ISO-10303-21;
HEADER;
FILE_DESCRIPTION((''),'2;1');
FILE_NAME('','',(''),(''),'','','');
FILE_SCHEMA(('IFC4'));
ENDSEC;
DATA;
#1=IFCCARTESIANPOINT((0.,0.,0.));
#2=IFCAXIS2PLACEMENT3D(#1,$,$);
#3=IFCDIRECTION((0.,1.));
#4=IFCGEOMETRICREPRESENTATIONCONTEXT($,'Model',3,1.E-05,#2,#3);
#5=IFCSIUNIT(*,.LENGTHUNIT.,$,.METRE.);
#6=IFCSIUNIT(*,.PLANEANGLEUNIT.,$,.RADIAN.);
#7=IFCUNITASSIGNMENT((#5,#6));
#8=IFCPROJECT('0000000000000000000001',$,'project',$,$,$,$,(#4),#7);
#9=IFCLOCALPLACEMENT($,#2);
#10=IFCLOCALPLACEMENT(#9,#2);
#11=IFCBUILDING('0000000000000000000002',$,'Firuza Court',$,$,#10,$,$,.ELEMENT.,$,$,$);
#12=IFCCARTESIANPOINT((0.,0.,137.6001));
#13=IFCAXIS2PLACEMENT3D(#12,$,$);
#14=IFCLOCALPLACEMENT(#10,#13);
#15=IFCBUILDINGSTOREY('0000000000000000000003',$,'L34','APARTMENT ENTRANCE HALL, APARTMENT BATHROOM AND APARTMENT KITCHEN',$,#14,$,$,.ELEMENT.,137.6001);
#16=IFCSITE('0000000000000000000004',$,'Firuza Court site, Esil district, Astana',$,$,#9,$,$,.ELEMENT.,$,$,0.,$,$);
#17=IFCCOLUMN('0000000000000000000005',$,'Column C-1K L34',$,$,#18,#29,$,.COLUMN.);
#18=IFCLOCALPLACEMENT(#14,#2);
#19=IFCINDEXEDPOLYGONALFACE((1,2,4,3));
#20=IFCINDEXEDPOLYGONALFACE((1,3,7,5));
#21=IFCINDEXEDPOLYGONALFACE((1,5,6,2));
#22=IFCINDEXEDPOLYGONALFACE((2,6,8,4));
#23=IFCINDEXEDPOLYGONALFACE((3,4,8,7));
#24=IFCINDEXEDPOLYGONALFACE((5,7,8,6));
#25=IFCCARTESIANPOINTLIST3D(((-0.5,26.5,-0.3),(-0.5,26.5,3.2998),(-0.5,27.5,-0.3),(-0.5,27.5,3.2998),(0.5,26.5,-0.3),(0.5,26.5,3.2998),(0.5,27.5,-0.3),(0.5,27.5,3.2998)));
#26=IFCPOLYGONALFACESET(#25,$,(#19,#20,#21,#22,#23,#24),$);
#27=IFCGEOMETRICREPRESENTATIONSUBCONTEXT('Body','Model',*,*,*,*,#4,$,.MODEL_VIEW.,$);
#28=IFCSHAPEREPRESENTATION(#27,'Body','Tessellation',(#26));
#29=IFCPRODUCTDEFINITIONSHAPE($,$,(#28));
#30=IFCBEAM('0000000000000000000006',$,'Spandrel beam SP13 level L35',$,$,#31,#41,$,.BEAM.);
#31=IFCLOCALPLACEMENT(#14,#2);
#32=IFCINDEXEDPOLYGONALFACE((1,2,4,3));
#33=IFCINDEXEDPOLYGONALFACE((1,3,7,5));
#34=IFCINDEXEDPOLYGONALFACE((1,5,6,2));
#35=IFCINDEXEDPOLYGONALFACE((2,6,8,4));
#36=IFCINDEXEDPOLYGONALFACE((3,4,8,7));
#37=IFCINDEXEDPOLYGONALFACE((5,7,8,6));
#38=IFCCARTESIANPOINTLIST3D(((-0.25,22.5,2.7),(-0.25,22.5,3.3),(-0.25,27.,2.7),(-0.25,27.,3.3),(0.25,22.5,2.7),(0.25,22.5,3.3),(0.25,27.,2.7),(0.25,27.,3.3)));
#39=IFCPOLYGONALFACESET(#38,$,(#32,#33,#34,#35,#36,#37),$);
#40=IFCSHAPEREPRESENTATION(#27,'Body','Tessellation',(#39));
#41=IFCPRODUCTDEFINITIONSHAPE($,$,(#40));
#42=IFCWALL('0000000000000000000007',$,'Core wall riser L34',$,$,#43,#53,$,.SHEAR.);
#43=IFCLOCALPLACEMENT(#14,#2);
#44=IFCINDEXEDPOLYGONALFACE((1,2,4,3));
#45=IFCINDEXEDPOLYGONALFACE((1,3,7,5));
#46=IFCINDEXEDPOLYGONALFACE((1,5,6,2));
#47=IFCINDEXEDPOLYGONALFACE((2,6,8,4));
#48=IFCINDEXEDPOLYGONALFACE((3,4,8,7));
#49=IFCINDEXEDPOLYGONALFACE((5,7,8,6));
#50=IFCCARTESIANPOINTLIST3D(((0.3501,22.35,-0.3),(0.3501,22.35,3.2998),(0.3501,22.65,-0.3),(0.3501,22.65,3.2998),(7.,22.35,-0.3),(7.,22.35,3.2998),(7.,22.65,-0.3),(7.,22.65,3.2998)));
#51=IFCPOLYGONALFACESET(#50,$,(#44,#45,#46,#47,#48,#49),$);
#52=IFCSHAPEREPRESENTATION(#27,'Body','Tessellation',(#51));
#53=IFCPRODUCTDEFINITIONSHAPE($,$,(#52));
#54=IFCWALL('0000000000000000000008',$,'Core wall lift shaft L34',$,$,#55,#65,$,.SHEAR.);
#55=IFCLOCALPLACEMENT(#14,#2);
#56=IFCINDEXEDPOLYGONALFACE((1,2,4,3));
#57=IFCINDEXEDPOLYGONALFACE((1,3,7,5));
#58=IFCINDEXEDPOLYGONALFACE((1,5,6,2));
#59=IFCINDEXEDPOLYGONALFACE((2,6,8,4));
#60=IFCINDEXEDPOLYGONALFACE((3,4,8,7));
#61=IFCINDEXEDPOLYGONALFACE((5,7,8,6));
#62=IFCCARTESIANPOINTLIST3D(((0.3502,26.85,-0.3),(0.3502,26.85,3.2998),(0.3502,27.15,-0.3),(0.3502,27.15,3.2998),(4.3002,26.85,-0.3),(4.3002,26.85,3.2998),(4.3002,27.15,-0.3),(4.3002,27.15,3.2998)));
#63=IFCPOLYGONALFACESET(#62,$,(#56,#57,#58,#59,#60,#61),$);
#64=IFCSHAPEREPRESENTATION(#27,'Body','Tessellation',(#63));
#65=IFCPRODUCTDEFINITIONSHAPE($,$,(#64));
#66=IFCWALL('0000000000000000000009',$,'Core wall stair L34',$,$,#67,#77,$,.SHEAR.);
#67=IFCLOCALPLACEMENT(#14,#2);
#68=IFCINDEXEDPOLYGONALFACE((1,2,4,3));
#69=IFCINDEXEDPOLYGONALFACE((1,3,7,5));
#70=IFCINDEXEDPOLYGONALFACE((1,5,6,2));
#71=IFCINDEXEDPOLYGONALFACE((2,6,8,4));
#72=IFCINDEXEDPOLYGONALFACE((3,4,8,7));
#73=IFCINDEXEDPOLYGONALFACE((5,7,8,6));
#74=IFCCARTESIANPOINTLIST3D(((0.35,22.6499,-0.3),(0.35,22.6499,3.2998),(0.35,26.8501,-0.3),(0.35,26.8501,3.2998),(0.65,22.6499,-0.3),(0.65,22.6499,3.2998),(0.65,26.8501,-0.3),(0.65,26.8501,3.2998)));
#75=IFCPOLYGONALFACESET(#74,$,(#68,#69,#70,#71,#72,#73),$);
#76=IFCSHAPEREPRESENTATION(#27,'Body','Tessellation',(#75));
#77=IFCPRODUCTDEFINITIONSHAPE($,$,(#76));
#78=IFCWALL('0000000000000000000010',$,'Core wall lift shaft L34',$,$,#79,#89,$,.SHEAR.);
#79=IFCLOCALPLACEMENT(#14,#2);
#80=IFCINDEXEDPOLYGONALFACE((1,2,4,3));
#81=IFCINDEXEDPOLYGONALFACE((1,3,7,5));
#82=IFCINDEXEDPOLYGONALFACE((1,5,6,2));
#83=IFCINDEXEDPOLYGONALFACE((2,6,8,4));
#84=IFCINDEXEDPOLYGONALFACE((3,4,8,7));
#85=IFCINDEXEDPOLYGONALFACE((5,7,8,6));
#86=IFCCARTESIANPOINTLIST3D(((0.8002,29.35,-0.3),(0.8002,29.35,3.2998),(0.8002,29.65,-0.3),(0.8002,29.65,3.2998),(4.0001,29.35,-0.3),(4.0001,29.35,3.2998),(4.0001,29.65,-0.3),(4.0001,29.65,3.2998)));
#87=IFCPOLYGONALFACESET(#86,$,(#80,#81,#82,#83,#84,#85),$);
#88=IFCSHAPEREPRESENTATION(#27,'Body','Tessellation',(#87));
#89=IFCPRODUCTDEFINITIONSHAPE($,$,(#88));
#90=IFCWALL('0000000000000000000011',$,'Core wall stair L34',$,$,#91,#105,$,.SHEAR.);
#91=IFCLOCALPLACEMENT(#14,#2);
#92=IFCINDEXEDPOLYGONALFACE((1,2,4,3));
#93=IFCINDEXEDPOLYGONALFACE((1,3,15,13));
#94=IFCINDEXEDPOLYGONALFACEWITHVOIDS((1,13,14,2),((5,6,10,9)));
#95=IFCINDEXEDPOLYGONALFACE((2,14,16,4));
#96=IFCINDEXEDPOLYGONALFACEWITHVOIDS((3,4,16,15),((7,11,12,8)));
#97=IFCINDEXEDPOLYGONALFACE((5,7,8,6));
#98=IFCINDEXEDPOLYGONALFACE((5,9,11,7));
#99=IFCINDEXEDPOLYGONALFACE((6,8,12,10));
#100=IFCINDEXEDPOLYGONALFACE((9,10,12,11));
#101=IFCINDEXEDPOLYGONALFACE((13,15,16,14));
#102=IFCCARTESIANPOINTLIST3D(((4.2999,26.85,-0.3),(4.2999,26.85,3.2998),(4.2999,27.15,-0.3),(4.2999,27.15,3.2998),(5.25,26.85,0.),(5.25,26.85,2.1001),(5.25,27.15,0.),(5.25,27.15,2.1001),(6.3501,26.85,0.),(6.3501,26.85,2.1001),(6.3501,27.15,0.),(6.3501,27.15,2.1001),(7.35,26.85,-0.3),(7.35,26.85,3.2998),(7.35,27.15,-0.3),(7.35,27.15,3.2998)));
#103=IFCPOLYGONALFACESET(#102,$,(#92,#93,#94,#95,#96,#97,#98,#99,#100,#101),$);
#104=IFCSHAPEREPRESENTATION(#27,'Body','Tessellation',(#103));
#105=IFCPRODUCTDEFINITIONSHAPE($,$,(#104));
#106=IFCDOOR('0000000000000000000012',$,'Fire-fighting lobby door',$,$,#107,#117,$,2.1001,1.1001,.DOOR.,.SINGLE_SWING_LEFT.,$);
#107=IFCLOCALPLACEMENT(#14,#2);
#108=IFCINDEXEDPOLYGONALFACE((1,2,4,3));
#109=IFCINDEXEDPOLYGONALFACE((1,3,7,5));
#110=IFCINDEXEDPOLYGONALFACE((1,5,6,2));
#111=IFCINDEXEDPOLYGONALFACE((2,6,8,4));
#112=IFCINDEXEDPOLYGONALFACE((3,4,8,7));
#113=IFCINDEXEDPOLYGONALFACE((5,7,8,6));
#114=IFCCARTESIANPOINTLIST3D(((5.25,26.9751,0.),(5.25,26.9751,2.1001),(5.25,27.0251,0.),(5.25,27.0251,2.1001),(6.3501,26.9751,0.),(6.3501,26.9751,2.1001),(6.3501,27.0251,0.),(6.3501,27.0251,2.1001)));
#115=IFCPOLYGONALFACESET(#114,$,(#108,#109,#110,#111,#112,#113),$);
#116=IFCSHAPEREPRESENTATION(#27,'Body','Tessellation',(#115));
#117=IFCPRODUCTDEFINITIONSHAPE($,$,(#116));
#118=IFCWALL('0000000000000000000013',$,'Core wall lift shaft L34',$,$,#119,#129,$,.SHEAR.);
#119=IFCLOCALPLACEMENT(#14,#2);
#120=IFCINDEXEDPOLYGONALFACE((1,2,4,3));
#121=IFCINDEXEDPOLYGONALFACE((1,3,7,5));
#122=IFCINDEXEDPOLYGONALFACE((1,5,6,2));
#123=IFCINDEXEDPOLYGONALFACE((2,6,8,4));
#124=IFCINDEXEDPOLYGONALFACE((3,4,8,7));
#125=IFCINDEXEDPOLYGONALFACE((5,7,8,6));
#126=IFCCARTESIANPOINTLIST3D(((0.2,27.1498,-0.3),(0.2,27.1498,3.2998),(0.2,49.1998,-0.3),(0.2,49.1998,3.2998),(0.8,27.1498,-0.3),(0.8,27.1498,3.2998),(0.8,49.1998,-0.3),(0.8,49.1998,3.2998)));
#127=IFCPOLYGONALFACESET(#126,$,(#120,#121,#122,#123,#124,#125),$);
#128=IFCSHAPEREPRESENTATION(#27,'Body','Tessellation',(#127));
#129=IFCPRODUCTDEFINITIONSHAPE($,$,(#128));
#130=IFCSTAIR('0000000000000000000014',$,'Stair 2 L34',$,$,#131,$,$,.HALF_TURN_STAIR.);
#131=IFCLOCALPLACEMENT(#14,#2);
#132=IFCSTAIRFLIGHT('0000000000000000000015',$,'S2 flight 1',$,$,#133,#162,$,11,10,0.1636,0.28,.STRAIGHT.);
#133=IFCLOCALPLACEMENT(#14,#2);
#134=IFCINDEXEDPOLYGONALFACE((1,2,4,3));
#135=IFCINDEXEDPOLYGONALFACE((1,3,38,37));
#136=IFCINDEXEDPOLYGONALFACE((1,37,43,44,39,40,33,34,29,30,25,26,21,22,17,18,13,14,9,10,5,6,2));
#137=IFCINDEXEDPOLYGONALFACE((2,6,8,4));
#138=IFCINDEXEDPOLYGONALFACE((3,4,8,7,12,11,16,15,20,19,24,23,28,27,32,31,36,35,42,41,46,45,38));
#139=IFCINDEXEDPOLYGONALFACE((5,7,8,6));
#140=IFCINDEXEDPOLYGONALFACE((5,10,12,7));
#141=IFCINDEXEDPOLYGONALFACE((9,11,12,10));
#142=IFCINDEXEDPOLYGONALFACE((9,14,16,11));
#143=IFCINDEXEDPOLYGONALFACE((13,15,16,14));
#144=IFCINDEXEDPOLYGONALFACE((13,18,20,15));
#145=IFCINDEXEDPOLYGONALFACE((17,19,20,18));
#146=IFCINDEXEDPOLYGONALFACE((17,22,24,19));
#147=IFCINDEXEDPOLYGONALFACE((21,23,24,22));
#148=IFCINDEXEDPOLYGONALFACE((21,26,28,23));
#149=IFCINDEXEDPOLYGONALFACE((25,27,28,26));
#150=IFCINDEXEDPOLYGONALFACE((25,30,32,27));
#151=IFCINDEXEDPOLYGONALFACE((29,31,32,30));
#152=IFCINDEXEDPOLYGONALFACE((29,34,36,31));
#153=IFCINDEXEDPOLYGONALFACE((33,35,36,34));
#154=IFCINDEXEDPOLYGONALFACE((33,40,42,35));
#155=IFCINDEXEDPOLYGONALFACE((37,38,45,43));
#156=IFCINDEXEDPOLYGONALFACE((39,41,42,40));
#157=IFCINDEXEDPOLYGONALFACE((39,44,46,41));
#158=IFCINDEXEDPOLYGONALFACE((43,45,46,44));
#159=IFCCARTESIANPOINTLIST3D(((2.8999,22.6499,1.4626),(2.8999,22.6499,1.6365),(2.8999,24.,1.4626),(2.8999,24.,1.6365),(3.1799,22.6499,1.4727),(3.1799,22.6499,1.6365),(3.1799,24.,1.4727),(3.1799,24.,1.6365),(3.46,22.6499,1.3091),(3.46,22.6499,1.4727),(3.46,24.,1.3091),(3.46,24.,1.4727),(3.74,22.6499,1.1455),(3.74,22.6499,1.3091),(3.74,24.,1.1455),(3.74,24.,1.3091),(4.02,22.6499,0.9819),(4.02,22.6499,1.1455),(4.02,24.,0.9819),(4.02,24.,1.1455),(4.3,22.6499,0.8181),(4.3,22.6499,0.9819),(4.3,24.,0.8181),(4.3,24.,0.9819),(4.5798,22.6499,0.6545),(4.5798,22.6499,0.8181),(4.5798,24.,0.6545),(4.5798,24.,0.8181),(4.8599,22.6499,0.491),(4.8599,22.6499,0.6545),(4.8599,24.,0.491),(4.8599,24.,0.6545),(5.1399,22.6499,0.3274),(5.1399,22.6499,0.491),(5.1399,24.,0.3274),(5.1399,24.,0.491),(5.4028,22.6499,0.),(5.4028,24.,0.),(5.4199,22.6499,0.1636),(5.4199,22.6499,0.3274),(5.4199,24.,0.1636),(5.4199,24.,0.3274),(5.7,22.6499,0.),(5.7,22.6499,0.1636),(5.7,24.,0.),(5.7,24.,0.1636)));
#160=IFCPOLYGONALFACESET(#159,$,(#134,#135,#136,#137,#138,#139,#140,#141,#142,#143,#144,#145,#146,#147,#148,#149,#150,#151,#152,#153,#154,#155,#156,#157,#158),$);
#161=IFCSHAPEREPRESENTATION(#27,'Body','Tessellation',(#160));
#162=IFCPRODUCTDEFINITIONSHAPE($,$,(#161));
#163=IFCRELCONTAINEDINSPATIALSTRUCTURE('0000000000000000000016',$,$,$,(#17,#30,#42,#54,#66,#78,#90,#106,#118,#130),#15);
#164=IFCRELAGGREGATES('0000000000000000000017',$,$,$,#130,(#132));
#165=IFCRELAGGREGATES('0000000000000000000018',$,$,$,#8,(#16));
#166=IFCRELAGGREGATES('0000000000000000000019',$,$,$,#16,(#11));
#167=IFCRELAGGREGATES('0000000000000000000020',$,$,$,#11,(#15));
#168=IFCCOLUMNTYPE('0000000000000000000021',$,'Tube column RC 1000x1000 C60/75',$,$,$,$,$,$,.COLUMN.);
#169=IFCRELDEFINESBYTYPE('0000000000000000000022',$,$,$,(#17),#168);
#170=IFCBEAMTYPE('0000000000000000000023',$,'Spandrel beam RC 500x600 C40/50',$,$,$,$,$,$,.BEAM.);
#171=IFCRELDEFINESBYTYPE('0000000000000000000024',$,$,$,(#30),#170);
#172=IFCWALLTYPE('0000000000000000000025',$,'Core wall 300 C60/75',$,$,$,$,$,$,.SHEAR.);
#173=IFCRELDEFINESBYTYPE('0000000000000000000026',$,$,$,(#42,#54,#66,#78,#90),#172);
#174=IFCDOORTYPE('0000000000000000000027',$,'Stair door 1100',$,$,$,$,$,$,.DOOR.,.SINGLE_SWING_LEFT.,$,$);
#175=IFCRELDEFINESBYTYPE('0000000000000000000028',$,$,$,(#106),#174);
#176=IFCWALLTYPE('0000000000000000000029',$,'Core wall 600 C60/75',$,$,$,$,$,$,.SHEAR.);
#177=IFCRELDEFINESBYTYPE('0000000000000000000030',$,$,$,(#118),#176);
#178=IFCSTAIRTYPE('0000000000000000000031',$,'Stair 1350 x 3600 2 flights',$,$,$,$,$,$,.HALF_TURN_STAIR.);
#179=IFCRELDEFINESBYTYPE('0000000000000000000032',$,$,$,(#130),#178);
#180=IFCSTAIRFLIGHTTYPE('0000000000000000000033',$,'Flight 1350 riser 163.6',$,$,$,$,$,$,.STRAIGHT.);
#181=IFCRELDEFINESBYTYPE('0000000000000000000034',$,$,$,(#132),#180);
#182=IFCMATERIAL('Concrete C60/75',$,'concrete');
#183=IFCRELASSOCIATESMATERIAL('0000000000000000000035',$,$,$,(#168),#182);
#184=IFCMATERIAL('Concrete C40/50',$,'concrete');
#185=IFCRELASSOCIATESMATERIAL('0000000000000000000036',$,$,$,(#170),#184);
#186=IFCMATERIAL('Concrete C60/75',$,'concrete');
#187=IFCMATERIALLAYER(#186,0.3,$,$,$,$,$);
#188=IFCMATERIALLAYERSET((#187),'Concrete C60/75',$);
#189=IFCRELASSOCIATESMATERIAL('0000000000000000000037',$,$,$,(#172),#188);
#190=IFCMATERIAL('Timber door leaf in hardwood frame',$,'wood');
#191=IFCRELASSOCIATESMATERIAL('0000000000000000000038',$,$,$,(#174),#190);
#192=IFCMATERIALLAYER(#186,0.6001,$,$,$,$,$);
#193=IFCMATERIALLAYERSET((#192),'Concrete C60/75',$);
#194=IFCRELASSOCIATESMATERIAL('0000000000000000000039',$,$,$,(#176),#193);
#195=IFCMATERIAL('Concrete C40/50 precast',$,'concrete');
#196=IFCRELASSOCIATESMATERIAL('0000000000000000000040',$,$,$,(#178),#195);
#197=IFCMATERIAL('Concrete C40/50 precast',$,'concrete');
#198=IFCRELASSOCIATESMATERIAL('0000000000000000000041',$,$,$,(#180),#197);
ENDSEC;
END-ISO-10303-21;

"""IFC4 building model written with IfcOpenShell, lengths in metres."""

from ifc_helpers import new_model, si_unit, direction, frame, frame_2d, origin, origin_2d, place, context, subcontext, project, spatial, polyline, rectangle, outline, extrude, material, layer, layer_set, material_profile, profile_set, type_object, element, fill, aggregate, save


model = new_model("IFC4")

# Units and contexts
model_context = context("Model", 3, precision=1e-05, world=origin(), true_north=direction((0.0, 1.0)))
body_context = subcontext(model_context, "Body", "Model", "MODEL_VIEW")
ifc_project = project(units=[si_unit("LENGTHUNIT", "METRE"), si_unit("PLANEANGLEUNIT", "RADIAN")], contexts=[model_context])

# Site, building, storey
site_placement = place(None, origin())
site = spatial("IfcSite", under=ifc_project, at=site_placement, Name="Firuza Court site, Esil district, Astana", CompositionType="ELEMENT", RefElevation=0.0)
building_placement = place(site_placement, origin())
building = spatial("IfcBuilding", under=site, at=building_placement, Name="Firuza Court", CompositionType="ELEMENT")
storey_placement = place(building_placement, frame((0.0, 0.0, 137.6001)))
storey = spatial("IfcBuildingStorey", under=building, at=storey_placement, Name="L34", Description="APARTMENT ENTRANCE HALL, APARTMENT BATHROOM AND APARTMENT KITCHEN", CompositionType="ELEMENT", Elevation=137.6001)

# Column
ifc_material_1 = material(Name="Concrete C60/75", Category="concrete")
ifc_material_profile_1 = material_profile(ifc_material_1, rectangle(XDim=1.0, YDim=1.0, at=origin_2d()), Name="RC 1000x1000")
ifc_profile_set_1 = profile_set([ifc_material_profile_1], Name="Concrete C60/75")
column_type = type_object("IfcColumnType", Name="Tube column RC 1000x1000 C60/75", PredefinedType="COLUMN", material=ifc_profile_set_1)
column_placement = place(storey_placement, frame((0.0, 27.0, -0.3), z_axis=(0.0, 0.0, 1.0), x_axis=(1.0, 0.0, 0.0)))
element("IfcColumn", 1, at=column_placement, inside=storey, type_object=column_type, Name="Column C-1K L34", PredefinedType="COLUMN", context=body_context, shape_type="SweptSolid", body=[
    extrude(rectangle(XDim=1.0, YDim=1.0, at=origin_2d()), origin(), (0.0, 0.0, 1.0), 3.5999),
])

# Beam
ifc_material_2 = material(Name="Concrete C40/50", Category="concrete")
ifc_material_profile_2 = material_profile(ifc_material_2, rectangle(XDim=0.5, YDim=0.6001, at=origin_2d()), Name="RC 500x600")
ifc_profile_set_2 = profile_set([ifc_material_profile_2], Name="Concrete C40/50")
beam_type = type_object("IfcBeamType", Name="Spandrel beam RC 500x600 C40/50", PredefinedType="BEAM", material=ifc_profile_set_2)
beam_placement = place(storey_placement, frame((0.0, 27.0, 3.0), z_axis=(0.0, -1.0, 0.0), x_axis=(1.0, 0.0, 0.0)))
element("IfcBeam", 2, at=beam_placement, inside=storey, type_object=beam_type, Name="Spandrel beam SP13 level L35", PredefinedType="BEAM", context=body_context, shape_type="SweptSolid", body=[
    extrude(rectangle(XDim=0.5, YDim=0.6001, at=origin_2d()), origin(), (0.0, 0.0, 1.0), 4.5),
])

# Walls
ifc_material_3 = material(Name="Concrete C60/75", Category="concrete")
ifc_layer_1 = layer(ifc_material_3, 0.3)
ifc_layer_set_1 = layer_set([ifc_layer_1], Name="Concrete C60/75")
wall_type_1 = type_object("IfcWallType", Name="Core wall 300 C60/75", PredefinedType="SHEAR", material=ifc_layer_set_1)
wall_1_placement = place(storey_placement, frame((0.3501, 22.5, -0.3), z_axis=(0.0, 0.0, 1.0), x_axis=(1.0, 0.0, 0.0)))
element("IfcWall", 3, at=wall_1_placement, inside=storey, type_object=wall_type_1, Name="Core wall riser L34", PredefinedType="SHEAR", context=body_context, shape_type="SweptSolid", body=[
    extrude(rectangle(XDim=6.6499, YDim=0.3, at=frame_2d((3.325, 0.0))), origin(), (0.0, 0.0, 1.0), 3.5999),
])
wall_2_placement = place(storey_placement, frame((0.3501, 27.0, -0.3), z_axis=(0.0, 0.0, 1.0), x_axis=(1.0, 0.0, 0.0)))
element("IfcWall", 4, at=wall_2_placement, inside=storey, type_object=wall_type_1, Name="Core wall lift shaft L34", PredefinedType="SHEAR", context=body_context, shape_type="SweptSolid", body=[
    extrude(rectangle(XDim=3.95, YDim=0.3, at=frame_2d((1.9751, 0.0))), origin(), (0.0, 0.0, 1.0), 3.5999),
])
wall_3_placement = place(storey_placement, frame((0.5, 22.6499, -0.3), z_axis=(0.0, 0.0, 1.0), x_axis=(0.0, 1.0, 0.0)))
element("IfcWall", 5, at=wall_3_placement, inside=storey, type_object=wall_type_1, Name="Core wall stair L34", PredefinedType="SHEAR", context=body_context, shape_type="SweptSolid", body=[
    extrude(rectangle(XDim=4.2002, YDim=0.3, at=frame_2d((2.1001, 0.0))), origin(), (0.0, 0.0, 1.0), 3.5999),
])
wall_4_placement = place(storey_placement, frame((0.8, 29.5, -0.3), z_axis=(0.0, 0.0, 1.0), x_axis=(1.0, 0.0, 0.0)))
element("IfcWall", 6, at=wall_4_placement, inside=storey, type_object=wall_type_1, Name="Core wall lift shaft L34", PredefinedType="SHEAR", context=body_context, shape_type="SweptSolid", body=[
    extrude(rectangle(XDim=3.2, YDim=0.3, at=frame_2d((1.6001, 0.0))), origin(), (0.0, 0.0, 1.0), 3.5999),
])

# Wall, opening, door
wall_5_placement = place(storey_placement, frame((4.3, 27.0, -0.3), z_axis=(0.0, 0.0, 1.0), x_axis=(1.0, 0.0, 0.0)))
wall_5 = element("IfcWall", 7, at=wall_5_placement, inside=storey, type_object=wall_type_1, Name="Core wall stair L34", PredefinedType="SHEAR", context=body_context, shape_type="SweptSolid", body=[
    extrude(rectangle(XDim=3.05, YDim=0.3, at=frame_2d((1.5249, 0.0))), origin(), (0.0, 0.0, 1.0), 3.5999),
])
opening_1_placement = place(wall_5_placement, frame((0.95, 0.0, 0.3)))
opening_1 = element("IfcOpeningElement", 8, at=opening_1_placement, cuts=wall_5, PredefinedType="OPENING", context=body_context, shape_type="SweptSolid", body=[
    extrude(rectangle(XDim=1.1001, YDim=2.1001, at=frame_2d((0.55, 1.05))), frame((0.0, 0.1621, 0.0), z_axis=(0.0, -1.0, 0.0), x_axis=(1.0, 0.0, 0.0)), (0.0, 0.0, 1.0), 0.324),
])
ifc_material_4 = material(Name="Timber door leaf in hardwood frame", Category="wood")
door_type_1 = type_object("IfcDoorType", Name="Stair door 1100", OperationType="SINGLE_SWING_LEFT", PredefinedType="DOOR", material=ifc_material_4)
door_1_placement = place(opening_1_placement, frame((1.1001, 0.0, 0.0), z_axis=(0.0, 0.0, 1.0), x_axis=(-1.0, 0.0, 0.0)))
door_1 = element("IfcDoor", 9, at=door_1_placement, inside=storey, type_object=door_type_1, Name="Fire-fighting lobby door", OperationType="SINGLE_SWING_LEFT", OverallHeight=2.1001, OverallWidth=1.1001, PredefinedType="DOOR", context=body_context, shape_type="SweptSolid", body=[
    extrude(rectangle(XDim=1.1001, YDim=2.1001, at=frame_2d((0.55, 1.05))), frame((0.0, 0.0249, 0.0), z_axis=(0.0, -1.0, 0.0), x_axis=(1.0, 0.0, 0.0)), (0.0, 0.0, 1.0), 0.05),
])
fill(opening_1, door_1)

# Wall
ifc_layer_2 = layer(ifc_material_3, 0.6001)
ifc_layer_set_2 = layer_set([ifc_layer_2], Name="Concrete C60/75")
wall_type_2 = type_object("IfcWallType", Name="Core wall 600 C60/75", PredefinedType="SHEAR", material=ifc_layer_set_2)
wall_6_placement = place(storey_placement, frame((0.5, 27.1499, -0.3), z_axis=(0.0, 0.0, 1.0), x_axis=(0.0, 1.0, 0.0)))
element("IfcWall", 10, at=wall_6_placement, inside=storey, type_object=wall_type_2, Name="Core wall lift shaft L34", PredefinedType="SHEAR", context=body_context, shape_type="SweptSolid", body=[
    extrude(rectangle(XDim=22.05, YDim=0.6001, at=frame_2d((11.0249, 0.0))), origin(), (0.0, 0.0, 1.0), 3.5999),
])

# Stair, stair flight
ifc_material_5 = material(Name="Concrete C40/50 precast", Category="concrete")
stair_type = type_object("IfcStairType", Name="Stair 1350 x 3600 2 flights", PredefinedType="HALF_TURN_STAIR", material=ifc_material_5)
stair_placement = place(storey_placement, origin())
stair = element("IfcStair", 11, at=stair_placement, inside=storey, type_object=stair_type, Name="Stair 2 L34", PredefinedType="HALF_TURN_STAIR")
ifc_material_6 = material(Name="Concrete C40/50 precast", Category="concrete")
stair_flight_type = type_object("IfcStairFlightType", Name="Flight 1350 riser 163.6", PredefinedType="STRAIGHT", material=ifc_material_6)
stair_flight_1_placement = place(storey_placement, frame((5.7, 23.325, 0.0), z_axis=(0.0, 0.0, 1.0), x_axis=(-1.0, 0.0, 0.0)))
stair_flight_1 = element("IfcStairFlight", 12, at=stair_flight_1_placement, type_object=stair_flight_type, Name="S2 flight 1", NumberOfRisers=11, NumberOfTreads=10, PredefinedType="STRAIGHT", RiserHeight=0.1636, TreadLength=0.28, context=body_context, shape_type="SweptSolid", body=[
    extrude(outline(polyline([(0.0, 0.0), (0.0, 0.1636), (0.28, 0.1636), (0.28, 0.3274), (0.5601, 0.3274), (0.5601, 0.491), (0.8401, 0.491), (0.8401, 0.6545), (1.1201, 0.6545), (1.1201, 0.8181), (1.3999, 0.8181), (1.3999, 0.9819), (1.6799, 0.9819), (1.6799, 1.1455), (1.96, 1.1455), (1.96, 1.3091), (2.24, 1.3091), (2.24, 1.4727), (2.52, 1.4727), (2.52, 1.6365), (2.8, 1.6365), (2.8, 1.8), (2.8, 1.4626), (0.2971, 0.0), (0.0, 0.0)])), frame((0.0, 0.675, 0.0), z_axis=(0.0, -1.0, 0.0), x_axis=(1.0, 0.0, 0.0)), (0.0, 0.0, 1.0), 1.3501),
])
aggregate(stair, [stair_flight_1])

save(model, "model.ifc")
